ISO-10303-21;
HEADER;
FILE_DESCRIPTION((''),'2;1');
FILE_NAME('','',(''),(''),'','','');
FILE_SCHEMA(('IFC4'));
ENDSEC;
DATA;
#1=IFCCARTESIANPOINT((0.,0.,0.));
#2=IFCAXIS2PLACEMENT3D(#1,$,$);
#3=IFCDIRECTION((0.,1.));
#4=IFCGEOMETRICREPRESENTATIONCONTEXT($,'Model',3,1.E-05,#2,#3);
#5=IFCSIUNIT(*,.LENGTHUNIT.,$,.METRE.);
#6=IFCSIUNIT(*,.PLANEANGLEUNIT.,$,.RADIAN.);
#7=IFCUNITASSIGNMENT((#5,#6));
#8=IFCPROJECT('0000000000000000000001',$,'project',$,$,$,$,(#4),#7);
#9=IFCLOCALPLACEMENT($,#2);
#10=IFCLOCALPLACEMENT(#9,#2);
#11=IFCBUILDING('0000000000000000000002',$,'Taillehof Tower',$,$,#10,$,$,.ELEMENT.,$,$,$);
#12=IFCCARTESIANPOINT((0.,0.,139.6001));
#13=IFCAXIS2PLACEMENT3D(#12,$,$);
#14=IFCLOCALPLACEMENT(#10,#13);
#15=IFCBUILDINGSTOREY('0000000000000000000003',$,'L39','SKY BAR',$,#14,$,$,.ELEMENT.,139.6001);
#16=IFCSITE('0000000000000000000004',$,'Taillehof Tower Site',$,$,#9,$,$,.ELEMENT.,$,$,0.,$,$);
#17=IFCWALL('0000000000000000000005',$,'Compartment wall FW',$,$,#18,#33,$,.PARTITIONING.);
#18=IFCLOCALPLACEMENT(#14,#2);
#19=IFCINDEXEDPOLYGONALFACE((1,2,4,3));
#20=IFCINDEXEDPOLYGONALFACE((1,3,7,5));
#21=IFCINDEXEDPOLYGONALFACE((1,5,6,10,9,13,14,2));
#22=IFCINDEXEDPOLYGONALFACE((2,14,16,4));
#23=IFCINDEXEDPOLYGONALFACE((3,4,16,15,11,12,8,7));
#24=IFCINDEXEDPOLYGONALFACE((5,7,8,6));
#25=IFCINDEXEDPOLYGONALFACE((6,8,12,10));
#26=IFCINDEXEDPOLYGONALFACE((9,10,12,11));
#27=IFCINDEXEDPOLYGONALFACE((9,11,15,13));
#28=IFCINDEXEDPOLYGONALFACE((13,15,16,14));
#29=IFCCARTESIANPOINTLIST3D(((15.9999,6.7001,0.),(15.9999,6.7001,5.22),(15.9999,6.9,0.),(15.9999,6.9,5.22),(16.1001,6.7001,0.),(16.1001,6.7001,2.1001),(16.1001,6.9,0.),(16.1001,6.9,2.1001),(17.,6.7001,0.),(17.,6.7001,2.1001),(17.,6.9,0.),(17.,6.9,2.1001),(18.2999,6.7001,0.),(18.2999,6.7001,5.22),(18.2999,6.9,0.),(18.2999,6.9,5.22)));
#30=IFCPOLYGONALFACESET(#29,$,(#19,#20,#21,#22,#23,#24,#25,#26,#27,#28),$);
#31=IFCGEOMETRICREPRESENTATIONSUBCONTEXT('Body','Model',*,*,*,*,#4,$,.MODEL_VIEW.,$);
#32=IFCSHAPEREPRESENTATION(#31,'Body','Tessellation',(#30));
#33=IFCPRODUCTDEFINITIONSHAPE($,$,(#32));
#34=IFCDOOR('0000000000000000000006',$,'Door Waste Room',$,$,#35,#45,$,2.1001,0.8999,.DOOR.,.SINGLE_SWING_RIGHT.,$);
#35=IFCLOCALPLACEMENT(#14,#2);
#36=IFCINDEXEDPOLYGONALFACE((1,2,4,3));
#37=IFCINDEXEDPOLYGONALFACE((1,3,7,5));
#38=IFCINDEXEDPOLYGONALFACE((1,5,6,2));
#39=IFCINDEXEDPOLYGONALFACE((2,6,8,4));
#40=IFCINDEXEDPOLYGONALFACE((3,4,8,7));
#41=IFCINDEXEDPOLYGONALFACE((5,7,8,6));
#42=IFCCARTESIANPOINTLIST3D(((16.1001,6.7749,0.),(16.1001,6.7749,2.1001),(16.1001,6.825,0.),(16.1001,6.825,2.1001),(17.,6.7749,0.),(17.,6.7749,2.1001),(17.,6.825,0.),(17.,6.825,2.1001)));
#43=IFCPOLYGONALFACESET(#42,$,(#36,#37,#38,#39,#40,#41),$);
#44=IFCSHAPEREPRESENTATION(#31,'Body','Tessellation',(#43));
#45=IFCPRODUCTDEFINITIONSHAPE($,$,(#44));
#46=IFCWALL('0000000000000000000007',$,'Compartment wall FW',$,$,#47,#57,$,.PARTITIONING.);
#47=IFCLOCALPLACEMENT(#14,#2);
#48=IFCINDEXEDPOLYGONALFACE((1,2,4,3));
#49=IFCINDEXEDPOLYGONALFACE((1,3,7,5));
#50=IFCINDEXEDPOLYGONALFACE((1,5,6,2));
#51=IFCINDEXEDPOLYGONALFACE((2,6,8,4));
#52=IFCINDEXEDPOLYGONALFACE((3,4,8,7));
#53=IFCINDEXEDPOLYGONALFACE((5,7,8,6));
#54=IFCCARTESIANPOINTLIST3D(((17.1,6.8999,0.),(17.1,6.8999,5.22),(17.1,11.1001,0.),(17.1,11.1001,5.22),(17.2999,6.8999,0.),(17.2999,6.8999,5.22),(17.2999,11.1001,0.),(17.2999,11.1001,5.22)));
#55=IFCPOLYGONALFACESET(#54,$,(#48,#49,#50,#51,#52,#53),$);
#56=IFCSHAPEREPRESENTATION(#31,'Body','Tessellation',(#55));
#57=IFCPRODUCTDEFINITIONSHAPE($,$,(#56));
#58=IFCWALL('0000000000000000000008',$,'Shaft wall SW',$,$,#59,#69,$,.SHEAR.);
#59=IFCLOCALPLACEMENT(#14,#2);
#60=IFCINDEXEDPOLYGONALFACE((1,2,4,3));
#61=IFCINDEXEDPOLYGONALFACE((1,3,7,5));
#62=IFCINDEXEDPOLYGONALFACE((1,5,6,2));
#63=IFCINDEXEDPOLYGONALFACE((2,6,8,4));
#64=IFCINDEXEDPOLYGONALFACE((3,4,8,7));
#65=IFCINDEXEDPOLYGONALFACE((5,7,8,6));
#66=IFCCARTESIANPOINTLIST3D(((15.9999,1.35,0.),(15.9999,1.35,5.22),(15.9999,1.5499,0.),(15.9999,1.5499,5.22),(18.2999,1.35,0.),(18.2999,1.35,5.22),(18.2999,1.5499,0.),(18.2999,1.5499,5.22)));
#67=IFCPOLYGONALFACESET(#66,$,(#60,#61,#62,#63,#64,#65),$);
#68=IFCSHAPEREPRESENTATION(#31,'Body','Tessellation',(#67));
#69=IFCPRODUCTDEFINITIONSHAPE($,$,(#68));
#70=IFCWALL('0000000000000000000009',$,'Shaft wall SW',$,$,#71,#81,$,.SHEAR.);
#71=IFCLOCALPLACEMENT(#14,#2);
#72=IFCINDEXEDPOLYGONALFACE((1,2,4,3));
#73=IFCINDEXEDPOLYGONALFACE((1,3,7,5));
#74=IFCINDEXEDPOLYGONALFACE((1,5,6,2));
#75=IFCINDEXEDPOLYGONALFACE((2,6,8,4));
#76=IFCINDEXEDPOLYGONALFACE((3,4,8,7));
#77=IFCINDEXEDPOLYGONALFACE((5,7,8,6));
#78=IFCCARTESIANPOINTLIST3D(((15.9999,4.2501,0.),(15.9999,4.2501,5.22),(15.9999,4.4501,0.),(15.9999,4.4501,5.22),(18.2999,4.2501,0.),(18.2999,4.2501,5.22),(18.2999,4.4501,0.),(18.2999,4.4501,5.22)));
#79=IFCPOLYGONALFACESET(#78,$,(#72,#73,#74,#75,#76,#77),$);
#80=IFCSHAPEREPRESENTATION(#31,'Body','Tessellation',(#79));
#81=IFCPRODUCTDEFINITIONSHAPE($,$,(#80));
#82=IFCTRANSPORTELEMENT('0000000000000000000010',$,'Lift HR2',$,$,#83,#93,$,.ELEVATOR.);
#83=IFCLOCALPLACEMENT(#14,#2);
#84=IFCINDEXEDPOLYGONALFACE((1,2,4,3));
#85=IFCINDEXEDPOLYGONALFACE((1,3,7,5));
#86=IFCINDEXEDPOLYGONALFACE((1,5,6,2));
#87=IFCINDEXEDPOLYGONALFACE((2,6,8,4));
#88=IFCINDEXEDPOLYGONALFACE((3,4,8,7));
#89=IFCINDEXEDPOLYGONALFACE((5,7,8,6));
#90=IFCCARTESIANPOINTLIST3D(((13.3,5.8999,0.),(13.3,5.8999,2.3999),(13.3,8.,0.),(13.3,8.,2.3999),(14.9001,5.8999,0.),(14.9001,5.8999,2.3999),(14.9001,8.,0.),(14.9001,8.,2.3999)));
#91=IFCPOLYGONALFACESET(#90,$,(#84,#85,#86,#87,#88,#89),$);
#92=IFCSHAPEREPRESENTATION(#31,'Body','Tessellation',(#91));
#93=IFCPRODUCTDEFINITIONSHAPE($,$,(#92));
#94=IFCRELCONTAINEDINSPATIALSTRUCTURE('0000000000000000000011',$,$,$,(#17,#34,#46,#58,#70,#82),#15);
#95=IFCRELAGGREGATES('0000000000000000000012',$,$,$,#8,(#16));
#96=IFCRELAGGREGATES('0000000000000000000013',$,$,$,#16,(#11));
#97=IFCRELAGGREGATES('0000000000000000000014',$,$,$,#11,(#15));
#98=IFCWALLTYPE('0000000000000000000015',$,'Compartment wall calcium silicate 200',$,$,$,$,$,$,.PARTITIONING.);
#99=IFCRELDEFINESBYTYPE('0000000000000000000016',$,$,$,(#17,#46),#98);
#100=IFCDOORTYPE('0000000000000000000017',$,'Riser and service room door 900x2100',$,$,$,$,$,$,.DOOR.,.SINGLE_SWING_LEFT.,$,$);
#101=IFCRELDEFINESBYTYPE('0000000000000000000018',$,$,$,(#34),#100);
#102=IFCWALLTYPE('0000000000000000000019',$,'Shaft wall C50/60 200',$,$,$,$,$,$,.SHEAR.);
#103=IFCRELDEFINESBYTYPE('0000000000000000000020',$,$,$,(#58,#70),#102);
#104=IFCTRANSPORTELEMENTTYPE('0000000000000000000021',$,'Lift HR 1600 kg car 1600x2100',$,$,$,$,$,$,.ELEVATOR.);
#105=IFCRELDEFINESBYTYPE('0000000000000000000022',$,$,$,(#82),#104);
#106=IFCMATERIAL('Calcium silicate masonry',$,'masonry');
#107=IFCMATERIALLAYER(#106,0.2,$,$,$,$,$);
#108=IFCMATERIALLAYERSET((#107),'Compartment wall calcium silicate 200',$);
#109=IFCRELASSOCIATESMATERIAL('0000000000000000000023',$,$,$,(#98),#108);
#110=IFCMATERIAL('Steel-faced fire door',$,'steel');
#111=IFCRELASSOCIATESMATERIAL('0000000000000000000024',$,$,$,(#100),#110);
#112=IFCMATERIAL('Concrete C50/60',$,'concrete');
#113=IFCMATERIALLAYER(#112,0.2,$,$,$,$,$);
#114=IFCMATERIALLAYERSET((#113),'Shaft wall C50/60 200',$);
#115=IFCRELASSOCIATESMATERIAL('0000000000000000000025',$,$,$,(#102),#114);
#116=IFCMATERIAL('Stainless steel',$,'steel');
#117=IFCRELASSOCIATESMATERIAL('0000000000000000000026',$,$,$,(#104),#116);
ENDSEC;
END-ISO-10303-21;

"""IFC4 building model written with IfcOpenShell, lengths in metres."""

from ifc_helpers import new_model, si_unit, direction, frame, frame_2d, origin, origin_2d, place, context, subcontext, project, spatial, rectangle, extrude, material, layer, layer_set, type_object, element, fill, save


model = new_model("IFC4")

# Units and contexts
model_context = context("Model", 3, precision=1e-05, world=origin(), true_north=direction((0.0, 1.0)))
body_context = subcontext(model_context, "Body", "Model", "MODEL_VIEW")
ifc_project = project(units=[si_unit("LENGTHUNIT", "METRE"), si_unit("PLANEANGLEUNIT", "RADIAN")], contexts=[model_context])

# Site, building, storey
site_placement = place(None, origin())
site = spatial("IfcSite", under=ifc_project, at=site_placement, Name="Taillehof Tower Site", CompositionType="ELEMENT", RefElevation=0.0)
building_placement = place(site_placement, origin())
building = spatial("IfcBuilding", under=site, at=building_placement, Name="Taillehof Tower", CompositionType="ELEMENT")
storey_placement = place(building_placement, frame((0.0, 0.0, 139.6001)))
storey = spatial("IfcBuildingStorey", under=building, at=storey_placement, Name="L39", Description="SKY BAR", CompositionType="ELEMENT", Elevation=139.6001)

# Wall, opening, door
ifc_material_1 = material(Name="Calcium silicate masonry", Category="masonry")
ifc_layer_1 = layer(ifc_material_1, 0.2)
ifc_layer_set_1 = layer_set([ifc_layer_1], Name="Compartment wall calcium silicate 200")
wall_type_1 = type_object("IfcWallType", Name="Compartment wall calcium silicate 200", PredefinedType="PARTITIONING", material=ifc_layer_set_1)
wall_1_placement = place(storey_placement, frame((16.0, 6.8, 0.0), z_axis=(0.0, 0.0, 1.0), x_axis=(1.0, 0.0, 0.0)))
wall_1 = element("IfcWall", 1, at=wall_1_placement, inside=storey, type_object=wall_type_1, Name="Compartment wall FW", PredefinedType="PARTITIONING", context=body_context, shape_type="SweptSolid", body=[
    extrude(rectangle(XDim=2.3, YDim=0.2, at=frame_2d((1.1499, 0.0))), origin(), (0.0, 0.0, 1.0), 5.22),
])
opening_placement = place(wall_1_placement, frame((0.1001, 0.0, 0.0)))
opening = element("IfcOpeningElement", 2, at=opening_placement, cuts=wall_1, PredefinedType="OPENING", context=body_context, shape_type="SweptSolid", body=[
    extrude(rectangle(XDim=0.8999, YDim=2.1001, at=frame_2d((0.45, 1.05))), frame((0.0, 0.1099, 0.0), z_axis=(0.0, -1.0, 0.0), x_axis=(1.0, 0.0, 0.0)), (0.0, 0.0, 1.0), 0.22),
])
ifc_material_2 = material(Name="Steel-faced fire door", Category="steel")
door_type = type_object("IfcDoorType", Name="Riser and service room door 900x2100", OperationType="SINGLE_SWING_LEFT", PredefinedType="DOOR", material=ifc_material_2)
door_placement = place(opening_placement, origin())
door = element("IfcDoor", 3, at=door_placement, inside=storey, type_object=door_type, Name="Door Waste Room", OperationType="SINGLE_SWING_RIGHT", OverallHeight=2.1001, OverallWidth=0.8999, PredefinedType="DOOR", context=body_context, shape_type="SweptSolid", body=[
    extrude(rectangle(XDim=0.8999, YDim=2.1001, at=frame_2d((0.45, 1.05))), frame((0.0, 0.0249, 0.0), z_axis=(0.0, -1.0, 0.0), x_axis=(1.0, 0.0, 0.0)), (0.0, 0.0, 1.0), 0.05),
])
fill(opening, door)

# Walls
wall_2_placement = place(storey_placement, frame((17.2, 6.8999, 0.0), z_axis=(0.0, 0.0, 1.0), x_axis=(0.0, 1.0, 0.0)))
element("IfcWall", 4, at=wall_2_placement, inside=storey, type_object=wall_type_1, Name="Compartment wall FW", PredefinedType="PARTITIONING", context=body_context, shape_type="SweptSolid", body=[
    extrude(rectangle(XDim=4.2002, YDim=0.2, at=frame_2d((2.1001, 0.0))), origin(), (0.0, 0.0, 1.0), 5.22),
])
ifc_material_3 = material(Name="Concrete C50/60", Category="concrete")
ifc_layer_2 = layer(ifc_material_3, 0.2)
ifc_layer_set_2 = layer_set([ifc_layer_2], Name="Shaft wall C50/60 200")
wall_type_2 = type_object("IfcWallType", Name="Shaft wall C50/60 200", PredefinedType="SHEAR", material=ifc_layer_set_2)
for number, where, z_axis, x_axis, name in (
    (5, (16.0, 1.45, 0.0), (0.0, 0.0, 1.0), (1.0, 0.0, 0.0), "Shaft wall SW"),
    (6, (16.0, 4.3501, 0.0), (0.0, 0.0, 1.0), (1.0, 0.0, 0.0), "Shaft wall SW"),
):
    element("IfcWall", number, at=place(storey_placement, frame(where, z_axis=z_axis, x_axis=x_axis)), inside=storey, type_object=wall_type_2, Name=name, PredefinedType="SHEAR", context=body_context, shape_type="SweptSolid", body=[
        extrude(rectangle(XDim=2.3, YDim=0.2, at=frame_2d((1.1499, 0.0))), origin(), (0.0, 0.0, 1.0), 5.22),
    ])

# Transport element
ifc_material_4 = material(Name="Stainless steel", Category="steel")
transport_element_type = type_object("IfcTransportElementType", Name="Lift HR 1600 kg car 1600x2100", PredefinedType="ELEVATOR", material=ifc_material_4)
transport_element_placement = place(storey_placement, frame((14.1001, 6.95, 0.0), z_axis=(0.0, 0.0, 1.0), x_axis=(1.0, 0.0, 0.0)))
element("IfcTransportElement", 7, at=transport_element_placement, inside=storey, type_object=transport_element_type, Name="Lift HR2", PredefinedType="ELEVATOR", context=body_context, shape_type="SweptSolid", body=[
    extrude(rectangle(XDim=1.6001, YDim=2.1001, at=origin_2d()), origin(), (0.0, 0.0, 1.0), 2.3999),
])

save(model, "model.ifc")
